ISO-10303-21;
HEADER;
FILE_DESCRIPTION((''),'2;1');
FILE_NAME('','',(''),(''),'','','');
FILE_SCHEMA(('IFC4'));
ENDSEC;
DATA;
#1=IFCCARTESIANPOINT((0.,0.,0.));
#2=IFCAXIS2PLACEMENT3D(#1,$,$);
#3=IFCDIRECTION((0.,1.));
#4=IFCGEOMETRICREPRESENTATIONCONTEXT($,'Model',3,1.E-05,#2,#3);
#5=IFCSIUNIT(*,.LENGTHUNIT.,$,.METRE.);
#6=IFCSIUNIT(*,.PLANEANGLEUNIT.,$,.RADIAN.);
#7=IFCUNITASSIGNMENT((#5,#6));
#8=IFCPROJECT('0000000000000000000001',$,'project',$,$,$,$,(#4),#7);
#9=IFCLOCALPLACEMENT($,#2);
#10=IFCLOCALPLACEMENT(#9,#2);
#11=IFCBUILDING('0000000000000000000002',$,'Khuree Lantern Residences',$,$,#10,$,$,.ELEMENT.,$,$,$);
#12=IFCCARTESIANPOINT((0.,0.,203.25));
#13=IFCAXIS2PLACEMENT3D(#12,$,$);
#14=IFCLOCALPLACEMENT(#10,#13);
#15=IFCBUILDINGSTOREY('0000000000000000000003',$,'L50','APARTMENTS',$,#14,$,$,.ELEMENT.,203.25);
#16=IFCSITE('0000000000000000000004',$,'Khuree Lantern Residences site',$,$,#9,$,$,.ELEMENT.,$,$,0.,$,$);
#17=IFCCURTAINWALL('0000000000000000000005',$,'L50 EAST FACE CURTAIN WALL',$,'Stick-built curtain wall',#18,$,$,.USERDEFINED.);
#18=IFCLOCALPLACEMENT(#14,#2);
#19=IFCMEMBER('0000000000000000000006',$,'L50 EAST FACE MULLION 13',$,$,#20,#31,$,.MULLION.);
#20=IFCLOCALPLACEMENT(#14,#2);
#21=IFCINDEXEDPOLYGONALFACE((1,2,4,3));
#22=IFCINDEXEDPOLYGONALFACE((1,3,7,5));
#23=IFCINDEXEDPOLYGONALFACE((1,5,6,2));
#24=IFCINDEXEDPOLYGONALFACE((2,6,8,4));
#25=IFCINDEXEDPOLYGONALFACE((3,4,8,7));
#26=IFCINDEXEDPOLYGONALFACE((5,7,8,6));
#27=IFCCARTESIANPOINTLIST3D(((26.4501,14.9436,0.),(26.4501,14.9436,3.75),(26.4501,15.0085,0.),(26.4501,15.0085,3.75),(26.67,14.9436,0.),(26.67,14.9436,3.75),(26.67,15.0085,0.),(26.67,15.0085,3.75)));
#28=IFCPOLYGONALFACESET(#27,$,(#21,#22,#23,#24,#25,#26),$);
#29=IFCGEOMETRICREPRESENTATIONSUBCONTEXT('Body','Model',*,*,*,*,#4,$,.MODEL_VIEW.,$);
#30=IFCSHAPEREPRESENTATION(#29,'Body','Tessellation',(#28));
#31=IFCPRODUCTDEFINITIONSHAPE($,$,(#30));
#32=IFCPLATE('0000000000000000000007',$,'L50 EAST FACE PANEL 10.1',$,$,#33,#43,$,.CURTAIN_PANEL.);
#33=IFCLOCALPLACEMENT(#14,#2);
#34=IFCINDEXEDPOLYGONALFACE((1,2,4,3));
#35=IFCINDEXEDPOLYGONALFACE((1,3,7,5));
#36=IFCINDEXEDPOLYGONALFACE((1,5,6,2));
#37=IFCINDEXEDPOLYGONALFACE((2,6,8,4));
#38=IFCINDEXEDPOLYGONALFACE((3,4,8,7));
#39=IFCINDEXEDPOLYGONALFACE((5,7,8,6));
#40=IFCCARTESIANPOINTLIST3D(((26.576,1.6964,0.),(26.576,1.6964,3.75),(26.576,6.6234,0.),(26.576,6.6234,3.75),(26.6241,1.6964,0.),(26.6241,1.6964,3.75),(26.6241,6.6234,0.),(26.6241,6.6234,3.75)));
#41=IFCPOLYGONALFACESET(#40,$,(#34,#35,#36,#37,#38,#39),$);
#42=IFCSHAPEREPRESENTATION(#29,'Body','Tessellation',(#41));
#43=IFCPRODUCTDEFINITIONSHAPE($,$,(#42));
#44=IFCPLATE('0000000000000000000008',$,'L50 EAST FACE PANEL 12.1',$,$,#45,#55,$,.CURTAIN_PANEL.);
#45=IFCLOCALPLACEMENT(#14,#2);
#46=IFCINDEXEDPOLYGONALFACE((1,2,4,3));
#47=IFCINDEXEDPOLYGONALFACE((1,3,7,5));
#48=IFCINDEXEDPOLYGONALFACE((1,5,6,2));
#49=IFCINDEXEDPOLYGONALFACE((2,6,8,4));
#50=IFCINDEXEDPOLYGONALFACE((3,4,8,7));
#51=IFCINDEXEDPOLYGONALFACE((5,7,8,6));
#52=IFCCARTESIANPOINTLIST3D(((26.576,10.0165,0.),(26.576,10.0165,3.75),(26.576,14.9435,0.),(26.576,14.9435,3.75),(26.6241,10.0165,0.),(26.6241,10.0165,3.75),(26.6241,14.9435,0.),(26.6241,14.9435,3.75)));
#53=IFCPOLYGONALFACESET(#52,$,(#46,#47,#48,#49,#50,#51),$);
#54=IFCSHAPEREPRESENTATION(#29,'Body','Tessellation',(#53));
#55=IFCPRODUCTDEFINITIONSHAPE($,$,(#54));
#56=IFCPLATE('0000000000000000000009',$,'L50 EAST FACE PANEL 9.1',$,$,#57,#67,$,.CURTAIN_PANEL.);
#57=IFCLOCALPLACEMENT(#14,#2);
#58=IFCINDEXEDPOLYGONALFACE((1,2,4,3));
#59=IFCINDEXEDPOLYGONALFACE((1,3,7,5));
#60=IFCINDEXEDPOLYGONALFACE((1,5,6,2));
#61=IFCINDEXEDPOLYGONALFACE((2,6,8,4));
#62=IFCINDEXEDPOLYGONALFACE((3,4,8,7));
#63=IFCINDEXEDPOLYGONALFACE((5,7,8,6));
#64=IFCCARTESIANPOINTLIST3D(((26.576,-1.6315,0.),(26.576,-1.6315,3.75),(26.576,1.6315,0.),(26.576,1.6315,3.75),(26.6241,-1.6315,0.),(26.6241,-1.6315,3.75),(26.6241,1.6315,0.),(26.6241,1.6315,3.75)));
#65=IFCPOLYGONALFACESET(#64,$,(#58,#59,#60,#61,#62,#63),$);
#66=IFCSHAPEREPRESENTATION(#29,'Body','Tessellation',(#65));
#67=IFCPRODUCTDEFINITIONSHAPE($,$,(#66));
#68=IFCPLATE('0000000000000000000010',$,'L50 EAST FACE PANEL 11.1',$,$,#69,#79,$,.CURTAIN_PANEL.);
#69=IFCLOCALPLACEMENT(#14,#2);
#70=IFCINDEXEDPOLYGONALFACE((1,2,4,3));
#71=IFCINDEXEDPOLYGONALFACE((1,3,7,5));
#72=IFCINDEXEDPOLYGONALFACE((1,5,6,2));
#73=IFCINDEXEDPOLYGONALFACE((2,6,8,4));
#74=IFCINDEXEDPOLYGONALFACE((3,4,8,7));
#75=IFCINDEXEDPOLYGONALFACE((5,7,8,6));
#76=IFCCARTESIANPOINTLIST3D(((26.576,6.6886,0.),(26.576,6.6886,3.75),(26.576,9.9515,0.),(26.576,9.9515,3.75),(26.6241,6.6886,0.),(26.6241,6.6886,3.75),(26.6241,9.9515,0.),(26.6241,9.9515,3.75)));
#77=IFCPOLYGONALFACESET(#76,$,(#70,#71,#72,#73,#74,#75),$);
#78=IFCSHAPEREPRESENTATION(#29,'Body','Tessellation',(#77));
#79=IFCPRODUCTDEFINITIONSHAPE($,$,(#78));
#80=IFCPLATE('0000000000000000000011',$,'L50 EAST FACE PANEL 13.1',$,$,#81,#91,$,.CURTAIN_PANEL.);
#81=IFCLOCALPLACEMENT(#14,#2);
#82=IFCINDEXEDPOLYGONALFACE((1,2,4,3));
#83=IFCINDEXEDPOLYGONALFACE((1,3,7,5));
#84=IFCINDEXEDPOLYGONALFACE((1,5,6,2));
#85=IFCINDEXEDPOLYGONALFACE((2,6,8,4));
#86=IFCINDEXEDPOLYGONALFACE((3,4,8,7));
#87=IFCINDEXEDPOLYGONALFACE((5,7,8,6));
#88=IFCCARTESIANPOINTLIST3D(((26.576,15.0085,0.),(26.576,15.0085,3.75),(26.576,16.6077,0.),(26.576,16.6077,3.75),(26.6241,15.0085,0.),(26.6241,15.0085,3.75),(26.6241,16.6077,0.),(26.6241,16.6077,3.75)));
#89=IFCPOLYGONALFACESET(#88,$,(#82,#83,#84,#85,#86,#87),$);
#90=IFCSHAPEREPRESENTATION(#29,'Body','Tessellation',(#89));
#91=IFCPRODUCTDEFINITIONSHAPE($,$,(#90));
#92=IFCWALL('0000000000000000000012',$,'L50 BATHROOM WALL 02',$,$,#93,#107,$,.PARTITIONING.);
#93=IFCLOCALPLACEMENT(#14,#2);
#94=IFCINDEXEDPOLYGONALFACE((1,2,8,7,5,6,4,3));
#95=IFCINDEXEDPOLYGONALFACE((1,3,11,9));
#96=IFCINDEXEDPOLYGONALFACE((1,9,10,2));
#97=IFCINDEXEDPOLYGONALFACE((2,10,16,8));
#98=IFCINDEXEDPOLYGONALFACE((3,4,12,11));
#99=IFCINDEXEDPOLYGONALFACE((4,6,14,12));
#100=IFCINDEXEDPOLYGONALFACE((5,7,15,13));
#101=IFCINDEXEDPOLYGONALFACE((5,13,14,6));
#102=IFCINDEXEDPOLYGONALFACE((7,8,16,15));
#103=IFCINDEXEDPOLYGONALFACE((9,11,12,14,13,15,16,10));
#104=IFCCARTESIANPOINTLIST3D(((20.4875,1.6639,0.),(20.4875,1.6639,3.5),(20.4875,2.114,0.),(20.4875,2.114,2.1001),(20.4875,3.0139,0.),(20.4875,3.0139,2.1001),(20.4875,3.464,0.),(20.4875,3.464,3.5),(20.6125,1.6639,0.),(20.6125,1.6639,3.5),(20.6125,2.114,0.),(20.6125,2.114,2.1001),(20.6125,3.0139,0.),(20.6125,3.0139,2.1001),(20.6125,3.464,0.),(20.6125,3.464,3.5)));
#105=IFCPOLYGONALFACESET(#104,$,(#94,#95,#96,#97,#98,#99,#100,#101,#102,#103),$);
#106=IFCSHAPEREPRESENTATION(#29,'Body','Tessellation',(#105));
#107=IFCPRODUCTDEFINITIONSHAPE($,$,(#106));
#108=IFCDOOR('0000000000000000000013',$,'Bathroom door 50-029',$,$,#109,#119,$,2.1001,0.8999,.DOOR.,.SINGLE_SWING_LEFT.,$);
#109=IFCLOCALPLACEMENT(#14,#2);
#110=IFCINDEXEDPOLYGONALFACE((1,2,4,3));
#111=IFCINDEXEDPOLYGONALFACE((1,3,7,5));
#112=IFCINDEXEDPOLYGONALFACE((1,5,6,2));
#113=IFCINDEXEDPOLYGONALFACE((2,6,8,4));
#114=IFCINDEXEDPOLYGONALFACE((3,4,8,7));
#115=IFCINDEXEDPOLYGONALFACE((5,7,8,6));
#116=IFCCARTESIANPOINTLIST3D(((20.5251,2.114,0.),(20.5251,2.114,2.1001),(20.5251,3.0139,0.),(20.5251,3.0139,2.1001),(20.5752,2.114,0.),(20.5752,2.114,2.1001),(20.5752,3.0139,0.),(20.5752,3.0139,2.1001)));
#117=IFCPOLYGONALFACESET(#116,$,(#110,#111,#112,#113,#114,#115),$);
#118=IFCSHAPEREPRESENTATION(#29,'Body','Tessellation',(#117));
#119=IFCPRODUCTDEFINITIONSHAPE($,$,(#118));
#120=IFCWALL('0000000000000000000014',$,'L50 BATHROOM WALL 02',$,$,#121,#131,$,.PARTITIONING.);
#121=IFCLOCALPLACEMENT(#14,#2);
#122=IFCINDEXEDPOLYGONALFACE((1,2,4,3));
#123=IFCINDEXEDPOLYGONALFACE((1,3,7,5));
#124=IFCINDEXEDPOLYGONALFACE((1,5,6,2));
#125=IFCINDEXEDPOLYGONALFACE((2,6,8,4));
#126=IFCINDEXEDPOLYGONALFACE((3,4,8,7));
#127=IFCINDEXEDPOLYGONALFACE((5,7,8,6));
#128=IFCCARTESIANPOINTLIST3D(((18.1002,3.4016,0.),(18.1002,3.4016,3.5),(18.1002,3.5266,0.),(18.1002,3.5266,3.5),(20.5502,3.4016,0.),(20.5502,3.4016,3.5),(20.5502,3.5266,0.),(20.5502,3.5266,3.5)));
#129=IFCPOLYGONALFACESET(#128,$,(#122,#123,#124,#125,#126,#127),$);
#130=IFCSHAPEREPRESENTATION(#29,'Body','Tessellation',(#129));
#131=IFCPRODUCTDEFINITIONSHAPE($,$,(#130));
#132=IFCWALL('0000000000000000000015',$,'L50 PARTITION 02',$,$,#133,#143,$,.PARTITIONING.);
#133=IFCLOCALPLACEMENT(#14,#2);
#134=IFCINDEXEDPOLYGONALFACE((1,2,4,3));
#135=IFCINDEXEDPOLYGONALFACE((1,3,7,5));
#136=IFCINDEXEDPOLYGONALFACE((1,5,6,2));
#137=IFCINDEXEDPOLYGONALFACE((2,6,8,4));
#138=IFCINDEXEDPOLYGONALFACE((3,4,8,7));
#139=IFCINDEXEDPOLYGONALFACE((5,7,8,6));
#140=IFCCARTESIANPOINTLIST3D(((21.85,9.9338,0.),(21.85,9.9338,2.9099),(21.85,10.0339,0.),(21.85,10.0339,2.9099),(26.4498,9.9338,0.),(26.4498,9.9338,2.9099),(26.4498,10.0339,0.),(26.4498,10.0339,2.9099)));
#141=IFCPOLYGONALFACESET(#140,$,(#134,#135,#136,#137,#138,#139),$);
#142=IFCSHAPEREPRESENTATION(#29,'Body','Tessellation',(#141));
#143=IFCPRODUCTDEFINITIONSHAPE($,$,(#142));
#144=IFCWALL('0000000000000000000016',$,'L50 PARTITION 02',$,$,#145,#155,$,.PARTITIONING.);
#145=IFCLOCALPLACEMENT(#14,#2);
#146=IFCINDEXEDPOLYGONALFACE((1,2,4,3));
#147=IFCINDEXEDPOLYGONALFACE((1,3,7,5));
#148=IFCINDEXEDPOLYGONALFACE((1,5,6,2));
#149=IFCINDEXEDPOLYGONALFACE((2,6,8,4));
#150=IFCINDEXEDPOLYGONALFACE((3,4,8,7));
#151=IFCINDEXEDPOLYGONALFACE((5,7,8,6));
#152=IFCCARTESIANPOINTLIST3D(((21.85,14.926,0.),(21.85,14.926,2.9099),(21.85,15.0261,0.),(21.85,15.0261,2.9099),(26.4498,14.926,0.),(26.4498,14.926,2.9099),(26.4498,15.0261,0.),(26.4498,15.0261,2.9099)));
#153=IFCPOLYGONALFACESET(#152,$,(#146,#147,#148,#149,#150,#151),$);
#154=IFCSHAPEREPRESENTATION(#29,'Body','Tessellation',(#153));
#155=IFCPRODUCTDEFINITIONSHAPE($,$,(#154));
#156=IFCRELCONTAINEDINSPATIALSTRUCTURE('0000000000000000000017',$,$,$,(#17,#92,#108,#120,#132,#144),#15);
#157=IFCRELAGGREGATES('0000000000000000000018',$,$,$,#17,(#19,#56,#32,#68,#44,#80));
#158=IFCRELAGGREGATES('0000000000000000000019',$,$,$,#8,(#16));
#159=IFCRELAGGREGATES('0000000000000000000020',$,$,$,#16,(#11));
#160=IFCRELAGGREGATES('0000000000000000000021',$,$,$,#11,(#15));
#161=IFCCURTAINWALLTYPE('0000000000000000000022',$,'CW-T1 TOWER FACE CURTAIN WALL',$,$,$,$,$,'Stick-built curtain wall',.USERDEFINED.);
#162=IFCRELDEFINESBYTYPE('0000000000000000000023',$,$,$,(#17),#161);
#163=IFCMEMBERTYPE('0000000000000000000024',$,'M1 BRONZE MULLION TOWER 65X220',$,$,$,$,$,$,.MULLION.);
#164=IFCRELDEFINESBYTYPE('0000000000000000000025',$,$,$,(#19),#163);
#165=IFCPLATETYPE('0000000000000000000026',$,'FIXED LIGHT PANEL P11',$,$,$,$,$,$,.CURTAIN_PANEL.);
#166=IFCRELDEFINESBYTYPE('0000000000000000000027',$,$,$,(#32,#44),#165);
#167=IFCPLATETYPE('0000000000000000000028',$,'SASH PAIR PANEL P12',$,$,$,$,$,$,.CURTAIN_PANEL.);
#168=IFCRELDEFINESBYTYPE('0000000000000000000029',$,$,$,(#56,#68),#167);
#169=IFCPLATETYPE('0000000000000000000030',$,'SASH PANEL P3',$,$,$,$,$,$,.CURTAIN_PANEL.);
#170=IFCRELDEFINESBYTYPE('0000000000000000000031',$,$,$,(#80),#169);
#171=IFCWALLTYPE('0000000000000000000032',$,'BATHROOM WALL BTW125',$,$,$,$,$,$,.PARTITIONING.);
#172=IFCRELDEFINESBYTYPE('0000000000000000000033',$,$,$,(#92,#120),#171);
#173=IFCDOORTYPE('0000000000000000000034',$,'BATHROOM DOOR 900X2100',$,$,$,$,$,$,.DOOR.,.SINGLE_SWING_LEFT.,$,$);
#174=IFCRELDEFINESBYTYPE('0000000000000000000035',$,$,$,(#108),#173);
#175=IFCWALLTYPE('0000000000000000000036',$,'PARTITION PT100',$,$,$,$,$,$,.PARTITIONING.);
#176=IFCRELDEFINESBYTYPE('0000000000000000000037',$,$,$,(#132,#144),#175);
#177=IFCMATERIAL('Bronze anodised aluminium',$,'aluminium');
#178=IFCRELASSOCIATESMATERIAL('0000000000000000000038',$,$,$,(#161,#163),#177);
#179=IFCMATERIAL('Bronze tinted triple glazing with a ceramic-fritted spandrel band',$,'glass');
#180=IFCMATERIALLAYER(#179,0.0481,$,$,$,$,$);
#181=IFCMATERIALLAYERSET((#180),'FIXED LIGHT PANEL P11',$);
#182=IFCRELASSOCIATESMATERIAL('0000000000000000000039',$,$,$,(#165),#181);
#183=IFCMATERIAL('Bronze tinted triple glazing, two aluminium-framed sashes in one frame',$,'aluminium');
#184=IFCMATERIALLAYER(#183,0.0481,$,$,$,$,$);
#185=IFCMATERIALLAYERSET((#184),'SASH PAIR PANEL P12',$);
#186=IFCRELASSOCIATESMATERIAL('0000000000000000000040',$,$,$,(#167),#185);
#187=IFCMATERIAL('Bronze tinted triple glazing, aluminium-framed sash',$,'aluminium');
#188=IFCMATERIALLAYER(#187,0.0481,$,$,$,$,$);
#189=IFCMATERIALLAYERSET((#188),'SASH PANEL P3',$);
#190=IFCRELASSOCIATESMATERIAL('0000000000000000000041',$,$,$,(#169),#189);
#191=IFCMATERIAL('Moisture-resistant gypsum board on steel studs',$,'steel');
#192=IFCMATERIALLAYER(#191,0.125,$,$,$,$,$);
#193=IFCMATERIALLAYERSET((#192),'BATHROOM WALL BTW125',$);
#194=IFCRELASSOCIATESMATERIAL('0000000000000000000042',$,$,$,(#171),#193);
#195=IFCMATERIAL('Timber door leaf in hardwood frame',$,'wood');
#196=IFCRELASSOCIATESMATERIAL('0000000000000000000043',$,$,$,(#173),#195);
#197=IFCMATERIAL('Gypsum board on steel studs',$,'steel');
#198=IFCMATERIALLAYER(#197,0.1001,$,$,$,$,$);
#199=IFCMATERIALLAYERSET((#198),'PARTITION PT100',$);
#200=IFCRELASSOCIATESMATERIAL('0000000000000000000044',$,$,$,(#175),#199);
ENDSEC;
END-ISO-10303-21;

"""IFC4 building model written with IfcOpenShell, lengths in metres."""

from ifc_helpers import new_model, si_unit, direction, frame, frame_2d, origin, origin_2d, place, context, subcontext, project, spatial, rectangle, extrude, material, layer, layer_set, material_profile, profile_set, type_object, element, fill, aggregate, save


model = new_model("IFC4")

# Units and contexts
model_context = context("Model", 3, precision=1e-05, world=origin(), true_north=direction((0.0, 1.0)))
body_context = subcontext(model_context, "Body", "Model", "MODEL_VIEW")
ifc_project = project(units=[si_unit("LENGTHUNIT", "METRE"), si_unit("PLANEANGLEUNIT", "RADIAN")], contexts=[model_context])

# Site, building, storey
site_placement = place(None, origin())
site = spatial("IfcSite", under=ifc_project, at=site_placement, Name="Khuree Lantern Residences site", CompositionType="ELEMENT", RefElevation=0.0)
building_placement = place(site_placement, origin())
building = spatial("IfcBuilding", under=site, at=building_placement, Name="Khuree Lantern Residences", CompositionType="ELEMENT")
storey_placement = place(building_placement, frame((0.0, 0.0, 203.25)))
storey = spatial("IfcBuildingStorey", under=building, at=storey_placement, Name="L50", Description="APARTMENTS", CompositionType="ELEMENT", Elevation=203.25)

# Curtain wall
ifc_material_1 = material(Name="Bronze anodised aluminium", Category="aluminium")
curtain_wall_type = type_object("IfcCurtainWallType", Name="CW-T1 TOWER FACE CURTAIN WALL", ElementType="Stick-built curtain wall", PredefinedType="USERDEFINED", material=ifc_material_1)
curtain_wall_placement = place(storey_placement, origin())
curtain_wall = element("IfcCurtainWall", 1, at=curtain_wall_placement, inside=storey, type_object=curtain_wall_type, Name="L50 EAST FACE CURTAIN WALL", ObjectType="Stick-built curtain wall", PredefinedType="USERDEFINED")

# Member
ifc_material_profile_1 = material_profile(ifc_material_1, rectangle(XDim=0.0649, YDim=0.22, at=origin_2d()), Name="M1 65X220")
ifc_profile_set_1 = profile_set([ifc_material_profile_1], Name="Bronze anodised aluminium")
member_type_1 = type_object("IfcMemberType", Name="M1 BRONZE MULLION TOWER 65X220", PredefinedType="MULLION", material=ifc_profile_set_1)
member_1_placement = place(storey_placement, frame((26.5601, 14.9761, 0.0), z_axis=(0.0, 0.0, 1.0), x_axis=(0.0, 1.0, 0.0)))
member_1 = element("IfcMember", 2, at=member_1_placement, type_object=member_type_1, Name="L50 EAST FACE MULLION 13", PredefinedType="MULLION", context=body_context, shape_type="SweptSolid", body=[
    extrude(rectangle(XDim=0.0649, YDim=0.22, at=origin_2d()), origin(), (0.0, 0.0, 1.0), 3.75),
])

# Plates
ifc_material_2 = material(Name="Bronze tinted triple glazing with a ceramic-fritted spandrel band", Category="glass")
ifc_layer_1 = layer(ifc_material_2, 0.0481)
ifc_layer_set_1 = layer_set([ifc_layer_1], Name="FIXED LIGHT PANEL P11")
plate_type_1 = type_object("IfcPlateType", Name="FIXED LIGHT PANEL P11", PredefinedType="CURTAIN_PANEL", material=ifc_layer_set_1)
plate_1_placement = place(storey_placement, frame((26.6001, 4.1599, 0.0), z_axis=(0.0, 0.0, 1.0), x_axis=(0.0, 1.0, 0.0)))
plate_1 = element("IfcPlate", 3, at=plate_1_placement, type_object=plate_type_1, Name="L50 EAST FACE PANEL 10.1", PredefinedType="CURTAIN_PANEL", context=body_context, shape_type="SweptSolid", body=[
    extrude(rectangle(XDim=4.927, YDim=0.0481, at=origin_2d()), origin(), (0.0, 0.0, 1.0), 3.75),
])
plate_2_placement = place(storey_placement, frame((26.6001, 12.48, 0.0), z_axis=(0.0, 0.0, 1.0), x_axis=(0.0, 1.0, 0.0)))
plate_2 = element("IfcPlate", 4, at=plate_2_placement, type_object=plate_type_1, Name="L50 EAST FACE PANEL 12.1", PredefinedType="CURTAIN_PANEL", context=body_context, shape_type="SweptSolid", body=[
    extrude(rectangle(XDim=4.927, YDim=0.0481, at=origin_2d()), origin(), (0.0, 0.0, 1.0), 3.75),
])
ifc_material_3 = material(Name="Bronze tinted triple glazing, two aluminium-framed sashes in one frame", Category="aluminium")
ifc_layer_2 = layer(ifc_material_3, 0.0481)
ifc_layer_set_2 = layer_set([ifc_layer_2], Name="SASH PAIR PANEL P12")
plate_type_2 = type_object("IfcPlateType", Name="SASH PAIR PANEL P12", PredefinedType="CURTAIN_PANEL", material=ifc_layer_set_2)
plate_3_placement = place(storey_placement, frame((26.6001, 0.0, 0.0), z_axis=(0.0, 0.0, 1.0), x_axis=(0.0, 1.0, 0.0)))
plate_3 = element("IfcPlate", 5, at=plate_3_placement, type_object=plate_type_2, Name="L50 EAST FACE PANEL 9.1", PredefinedType="CURTAIN_PANEL", context=body_context, shape_type="SweptSolid", body=[
    extrude(rectangle(XDim=3.2629, YDim=0.0481, at=origin_2d()), origin(), (0.0, 0.0, 1.0), 3.75),
])
plate_4_placement = place(storey_placement, frame((26.6001, 8.3201, 0.0), z_axis=(0.0, 0.0, 1.0), x_axis=(0.0, 1.0, 0.0)))
plate_4 = element("IfcPlate", 6, at=plate_4_placement, type_object=plate_type_2, Name="L50 EAST FACE PANEL 11.1", PredefinedType="CURTAIN_PANEL", context=body_context, shape_type="SweptSolid", body=[
    extrude(rectangle(XDim=3.2629, YDim=0.0481, at=origin_2d()), origin(), (0.0, 0.0, 1.0), 3.75),
])
ifc_material_4 = material(Name="Bronze tinted triple glazing, aluminium-framed sash", Category="aluminium")
ifc_layer_3 = layer(ifc_material_4, 0.0481)
ifc_layer_set_3 = layer_set([ifc_layer_3], Name="SASH PANEL P3")
plate_type_3 = type_object("IfcPlateType", Name="SASH PANEL P3", PredefinedType="CURTAIN_PANEL", material=ifc_layer_set_3)
plate_5_placement = place(storey_placement, frame((26.6001, 15.8081, 0.0), z_axis=(0.0, 0.0, 1.0), x_axis=(0.0, 1.0, 0.0)))
plate_5 = element("IfcPlate", 7, at=plate_5_placement, type_object=plate_type_3, Name="L50 EAST FACE PANEL 13.1", PredefinedType="CURTAIN_PANEL", context=body_context, shape_type="SweptSolid", body=[
    extrude(rectangle(XDim=1.5991, YDim=0.0481, at=origin_2d()), origin(), (0.0, 0.0, 1.0), 3.75),
])
aggregate(curtain_wall, [member_1, plate_3, plate_1, plate_4, plate_2, plate_5])

# Wall, opening, door
ifc_material_5 = material(Name="Moisture-resistant gypsum board on steel studs", Category="steel")
ifc_layer_4 = layer(ifc_material_5, 0.125)
ifc_layer_set_4 = layer_set([ifc_layer_4], Name="BATHROOM WALL BTW125")
wall_type_1 = type_object("IfcWallType", Name="BATHROOM WALL BTW125", PredefinedType="PARTITIONING", material=ifc_layer_set_4)
wall_1_placement = place(storey_placement, frame((20.55, 1.6641, 0.0), z_axis=(0.0, 0.0, 1.0), x_axis=(0.0, 1.0, 0.0)))
wall_1 = element("IfcWall", 8, at=wall_1_placement, inside=storey, type_object=wall_type_1, Name="L50 BATHROOM WALL 02", PredefinedType="PARTITIONING", context=body_context, shape_type="SweptSolid", body=[
    extrude(rectangle(XDim=1.8, YDim=0.125, at=frame_2d((0.8999, 0.0))), origin(), (0.0, 0.0, 1.0), 3.5),
])
opening_1_placement = place(wall_1_placement, frame((0.45, 0.0, 0.0)))
opening_1 = element("IfcOpeningElement", 9, at=opening_1_placement, cuts=wall_1, PredefinedType="OPENING", context=body_context, shape_type="SweptSolid", body=[
    extrude(rectangle(XDim=0.8999, YDim=2.1001, at=frame_2d((0.45, 1.05))), frame((0.0, 0.0725, 0.0), z_axis=(0.0, -1.0, 0.0), x_axis=(1.0, 0.0, 0.0)), (0.0, 0.0, 1.0), 0.145),
])
ifc_material_6 = material(Name="Timber door leaf in hardwood frame", Category="wood")
door_type_1 = type_object("IfcDoorType", Name="BATHROOM DOOR 900X2100", OperationType="SINGLE_SWING_LEFT", PredefinedType="DOOR", material=ifc_material_6)
door_1_placement = place(opening_1_placement, origin())
door_1 = element("IfcDoor", 10, at=door_1_placement, inside=storey, type_object=door_type_1, Name="Bathroom door 50-029", OperationType="SINGLE_SWING_LEFT", OverallHeight=2.1001, OverallWidth=0.8999, PredefinedType="DOOR", context=body_context, shape_type="SweptSolid", body=[
    extrude(rectangle(XDim=0.8999, YDim=2.1001, at=frame_2d((0.45, 1.05))), frame((0.0, 0.0249, 0.0), z_axis=(0.0, -1.0, 0.0), x_axis=(1.0, 0.0, 0.0)), (0.0, 0.0, 1.0), 0.05),
])
fill(opening_1, door_1)

# Walls
wall_2_placement = place(storey_placement, frame((18.1001, 3.4641, 0.0), z_axis=(0.0, 0.0, 1.0), x_axis=(1.0, 0.0, 0.0)))
element("IfcWall", 11, at=wall_2_placement, inside=storey, type_object=wall_type_1, Name="L50 BATHROOM WALL 02", PredefinedType="PARTITIONING", context=body_context, shape_type="SweptSolid", body=[
    extrude(rectangle(XDim=2.45, YDim=0.125, at=frame_2d((1.2251, 0.0))), origin(), (0.0, 0.0, 1.0), 3.5),
])
ifc_material_7 = material(Name="Gypsum board on steel studs", Category="steel")
ifc_layer_5 = layer(ifc_material_7, 0.1001)
ifc_layer_set_5 = layer_set([ifc_layer_5], Name="PARTITION PT100")
wall_type_2 = type_object("IfcWallType", Name="PARTITION PT100", PredefinedType="PARTITIONING", material=ifc_layer_set_5)
for number, where, z_axis, x_axis, name in (
    (12, (21.8501, 9.9839, 0.0), (0.0, 0.0, 1.0), (1.0, 0.0, 0.0), "L50 PARTITION 02"),
    (13, (21.8501, 14.9761, 0.0), (0.0, 0.0, 1.0), (1.0, 0.0, 0.0), "L50 PARTITION 02"),
):
    element("IfcWall", number, at=place(storey_placement, frame(where, z_axis=z_axis, x_axis=x_axis)), inside=storey, type_object=wall_type_2, Name=name, PredefinedType="PARTITIONING", context=body_context, shape_type="SweptSolid", body=[
        extrude(rectangle(XDim=4.5999, YDim=0.1001, at=frame_2d((2.2998, 0.0))), origin(), (0.0, 0.0, 1.0), 2.9099),
    ])

save(model, "model.ifc")
